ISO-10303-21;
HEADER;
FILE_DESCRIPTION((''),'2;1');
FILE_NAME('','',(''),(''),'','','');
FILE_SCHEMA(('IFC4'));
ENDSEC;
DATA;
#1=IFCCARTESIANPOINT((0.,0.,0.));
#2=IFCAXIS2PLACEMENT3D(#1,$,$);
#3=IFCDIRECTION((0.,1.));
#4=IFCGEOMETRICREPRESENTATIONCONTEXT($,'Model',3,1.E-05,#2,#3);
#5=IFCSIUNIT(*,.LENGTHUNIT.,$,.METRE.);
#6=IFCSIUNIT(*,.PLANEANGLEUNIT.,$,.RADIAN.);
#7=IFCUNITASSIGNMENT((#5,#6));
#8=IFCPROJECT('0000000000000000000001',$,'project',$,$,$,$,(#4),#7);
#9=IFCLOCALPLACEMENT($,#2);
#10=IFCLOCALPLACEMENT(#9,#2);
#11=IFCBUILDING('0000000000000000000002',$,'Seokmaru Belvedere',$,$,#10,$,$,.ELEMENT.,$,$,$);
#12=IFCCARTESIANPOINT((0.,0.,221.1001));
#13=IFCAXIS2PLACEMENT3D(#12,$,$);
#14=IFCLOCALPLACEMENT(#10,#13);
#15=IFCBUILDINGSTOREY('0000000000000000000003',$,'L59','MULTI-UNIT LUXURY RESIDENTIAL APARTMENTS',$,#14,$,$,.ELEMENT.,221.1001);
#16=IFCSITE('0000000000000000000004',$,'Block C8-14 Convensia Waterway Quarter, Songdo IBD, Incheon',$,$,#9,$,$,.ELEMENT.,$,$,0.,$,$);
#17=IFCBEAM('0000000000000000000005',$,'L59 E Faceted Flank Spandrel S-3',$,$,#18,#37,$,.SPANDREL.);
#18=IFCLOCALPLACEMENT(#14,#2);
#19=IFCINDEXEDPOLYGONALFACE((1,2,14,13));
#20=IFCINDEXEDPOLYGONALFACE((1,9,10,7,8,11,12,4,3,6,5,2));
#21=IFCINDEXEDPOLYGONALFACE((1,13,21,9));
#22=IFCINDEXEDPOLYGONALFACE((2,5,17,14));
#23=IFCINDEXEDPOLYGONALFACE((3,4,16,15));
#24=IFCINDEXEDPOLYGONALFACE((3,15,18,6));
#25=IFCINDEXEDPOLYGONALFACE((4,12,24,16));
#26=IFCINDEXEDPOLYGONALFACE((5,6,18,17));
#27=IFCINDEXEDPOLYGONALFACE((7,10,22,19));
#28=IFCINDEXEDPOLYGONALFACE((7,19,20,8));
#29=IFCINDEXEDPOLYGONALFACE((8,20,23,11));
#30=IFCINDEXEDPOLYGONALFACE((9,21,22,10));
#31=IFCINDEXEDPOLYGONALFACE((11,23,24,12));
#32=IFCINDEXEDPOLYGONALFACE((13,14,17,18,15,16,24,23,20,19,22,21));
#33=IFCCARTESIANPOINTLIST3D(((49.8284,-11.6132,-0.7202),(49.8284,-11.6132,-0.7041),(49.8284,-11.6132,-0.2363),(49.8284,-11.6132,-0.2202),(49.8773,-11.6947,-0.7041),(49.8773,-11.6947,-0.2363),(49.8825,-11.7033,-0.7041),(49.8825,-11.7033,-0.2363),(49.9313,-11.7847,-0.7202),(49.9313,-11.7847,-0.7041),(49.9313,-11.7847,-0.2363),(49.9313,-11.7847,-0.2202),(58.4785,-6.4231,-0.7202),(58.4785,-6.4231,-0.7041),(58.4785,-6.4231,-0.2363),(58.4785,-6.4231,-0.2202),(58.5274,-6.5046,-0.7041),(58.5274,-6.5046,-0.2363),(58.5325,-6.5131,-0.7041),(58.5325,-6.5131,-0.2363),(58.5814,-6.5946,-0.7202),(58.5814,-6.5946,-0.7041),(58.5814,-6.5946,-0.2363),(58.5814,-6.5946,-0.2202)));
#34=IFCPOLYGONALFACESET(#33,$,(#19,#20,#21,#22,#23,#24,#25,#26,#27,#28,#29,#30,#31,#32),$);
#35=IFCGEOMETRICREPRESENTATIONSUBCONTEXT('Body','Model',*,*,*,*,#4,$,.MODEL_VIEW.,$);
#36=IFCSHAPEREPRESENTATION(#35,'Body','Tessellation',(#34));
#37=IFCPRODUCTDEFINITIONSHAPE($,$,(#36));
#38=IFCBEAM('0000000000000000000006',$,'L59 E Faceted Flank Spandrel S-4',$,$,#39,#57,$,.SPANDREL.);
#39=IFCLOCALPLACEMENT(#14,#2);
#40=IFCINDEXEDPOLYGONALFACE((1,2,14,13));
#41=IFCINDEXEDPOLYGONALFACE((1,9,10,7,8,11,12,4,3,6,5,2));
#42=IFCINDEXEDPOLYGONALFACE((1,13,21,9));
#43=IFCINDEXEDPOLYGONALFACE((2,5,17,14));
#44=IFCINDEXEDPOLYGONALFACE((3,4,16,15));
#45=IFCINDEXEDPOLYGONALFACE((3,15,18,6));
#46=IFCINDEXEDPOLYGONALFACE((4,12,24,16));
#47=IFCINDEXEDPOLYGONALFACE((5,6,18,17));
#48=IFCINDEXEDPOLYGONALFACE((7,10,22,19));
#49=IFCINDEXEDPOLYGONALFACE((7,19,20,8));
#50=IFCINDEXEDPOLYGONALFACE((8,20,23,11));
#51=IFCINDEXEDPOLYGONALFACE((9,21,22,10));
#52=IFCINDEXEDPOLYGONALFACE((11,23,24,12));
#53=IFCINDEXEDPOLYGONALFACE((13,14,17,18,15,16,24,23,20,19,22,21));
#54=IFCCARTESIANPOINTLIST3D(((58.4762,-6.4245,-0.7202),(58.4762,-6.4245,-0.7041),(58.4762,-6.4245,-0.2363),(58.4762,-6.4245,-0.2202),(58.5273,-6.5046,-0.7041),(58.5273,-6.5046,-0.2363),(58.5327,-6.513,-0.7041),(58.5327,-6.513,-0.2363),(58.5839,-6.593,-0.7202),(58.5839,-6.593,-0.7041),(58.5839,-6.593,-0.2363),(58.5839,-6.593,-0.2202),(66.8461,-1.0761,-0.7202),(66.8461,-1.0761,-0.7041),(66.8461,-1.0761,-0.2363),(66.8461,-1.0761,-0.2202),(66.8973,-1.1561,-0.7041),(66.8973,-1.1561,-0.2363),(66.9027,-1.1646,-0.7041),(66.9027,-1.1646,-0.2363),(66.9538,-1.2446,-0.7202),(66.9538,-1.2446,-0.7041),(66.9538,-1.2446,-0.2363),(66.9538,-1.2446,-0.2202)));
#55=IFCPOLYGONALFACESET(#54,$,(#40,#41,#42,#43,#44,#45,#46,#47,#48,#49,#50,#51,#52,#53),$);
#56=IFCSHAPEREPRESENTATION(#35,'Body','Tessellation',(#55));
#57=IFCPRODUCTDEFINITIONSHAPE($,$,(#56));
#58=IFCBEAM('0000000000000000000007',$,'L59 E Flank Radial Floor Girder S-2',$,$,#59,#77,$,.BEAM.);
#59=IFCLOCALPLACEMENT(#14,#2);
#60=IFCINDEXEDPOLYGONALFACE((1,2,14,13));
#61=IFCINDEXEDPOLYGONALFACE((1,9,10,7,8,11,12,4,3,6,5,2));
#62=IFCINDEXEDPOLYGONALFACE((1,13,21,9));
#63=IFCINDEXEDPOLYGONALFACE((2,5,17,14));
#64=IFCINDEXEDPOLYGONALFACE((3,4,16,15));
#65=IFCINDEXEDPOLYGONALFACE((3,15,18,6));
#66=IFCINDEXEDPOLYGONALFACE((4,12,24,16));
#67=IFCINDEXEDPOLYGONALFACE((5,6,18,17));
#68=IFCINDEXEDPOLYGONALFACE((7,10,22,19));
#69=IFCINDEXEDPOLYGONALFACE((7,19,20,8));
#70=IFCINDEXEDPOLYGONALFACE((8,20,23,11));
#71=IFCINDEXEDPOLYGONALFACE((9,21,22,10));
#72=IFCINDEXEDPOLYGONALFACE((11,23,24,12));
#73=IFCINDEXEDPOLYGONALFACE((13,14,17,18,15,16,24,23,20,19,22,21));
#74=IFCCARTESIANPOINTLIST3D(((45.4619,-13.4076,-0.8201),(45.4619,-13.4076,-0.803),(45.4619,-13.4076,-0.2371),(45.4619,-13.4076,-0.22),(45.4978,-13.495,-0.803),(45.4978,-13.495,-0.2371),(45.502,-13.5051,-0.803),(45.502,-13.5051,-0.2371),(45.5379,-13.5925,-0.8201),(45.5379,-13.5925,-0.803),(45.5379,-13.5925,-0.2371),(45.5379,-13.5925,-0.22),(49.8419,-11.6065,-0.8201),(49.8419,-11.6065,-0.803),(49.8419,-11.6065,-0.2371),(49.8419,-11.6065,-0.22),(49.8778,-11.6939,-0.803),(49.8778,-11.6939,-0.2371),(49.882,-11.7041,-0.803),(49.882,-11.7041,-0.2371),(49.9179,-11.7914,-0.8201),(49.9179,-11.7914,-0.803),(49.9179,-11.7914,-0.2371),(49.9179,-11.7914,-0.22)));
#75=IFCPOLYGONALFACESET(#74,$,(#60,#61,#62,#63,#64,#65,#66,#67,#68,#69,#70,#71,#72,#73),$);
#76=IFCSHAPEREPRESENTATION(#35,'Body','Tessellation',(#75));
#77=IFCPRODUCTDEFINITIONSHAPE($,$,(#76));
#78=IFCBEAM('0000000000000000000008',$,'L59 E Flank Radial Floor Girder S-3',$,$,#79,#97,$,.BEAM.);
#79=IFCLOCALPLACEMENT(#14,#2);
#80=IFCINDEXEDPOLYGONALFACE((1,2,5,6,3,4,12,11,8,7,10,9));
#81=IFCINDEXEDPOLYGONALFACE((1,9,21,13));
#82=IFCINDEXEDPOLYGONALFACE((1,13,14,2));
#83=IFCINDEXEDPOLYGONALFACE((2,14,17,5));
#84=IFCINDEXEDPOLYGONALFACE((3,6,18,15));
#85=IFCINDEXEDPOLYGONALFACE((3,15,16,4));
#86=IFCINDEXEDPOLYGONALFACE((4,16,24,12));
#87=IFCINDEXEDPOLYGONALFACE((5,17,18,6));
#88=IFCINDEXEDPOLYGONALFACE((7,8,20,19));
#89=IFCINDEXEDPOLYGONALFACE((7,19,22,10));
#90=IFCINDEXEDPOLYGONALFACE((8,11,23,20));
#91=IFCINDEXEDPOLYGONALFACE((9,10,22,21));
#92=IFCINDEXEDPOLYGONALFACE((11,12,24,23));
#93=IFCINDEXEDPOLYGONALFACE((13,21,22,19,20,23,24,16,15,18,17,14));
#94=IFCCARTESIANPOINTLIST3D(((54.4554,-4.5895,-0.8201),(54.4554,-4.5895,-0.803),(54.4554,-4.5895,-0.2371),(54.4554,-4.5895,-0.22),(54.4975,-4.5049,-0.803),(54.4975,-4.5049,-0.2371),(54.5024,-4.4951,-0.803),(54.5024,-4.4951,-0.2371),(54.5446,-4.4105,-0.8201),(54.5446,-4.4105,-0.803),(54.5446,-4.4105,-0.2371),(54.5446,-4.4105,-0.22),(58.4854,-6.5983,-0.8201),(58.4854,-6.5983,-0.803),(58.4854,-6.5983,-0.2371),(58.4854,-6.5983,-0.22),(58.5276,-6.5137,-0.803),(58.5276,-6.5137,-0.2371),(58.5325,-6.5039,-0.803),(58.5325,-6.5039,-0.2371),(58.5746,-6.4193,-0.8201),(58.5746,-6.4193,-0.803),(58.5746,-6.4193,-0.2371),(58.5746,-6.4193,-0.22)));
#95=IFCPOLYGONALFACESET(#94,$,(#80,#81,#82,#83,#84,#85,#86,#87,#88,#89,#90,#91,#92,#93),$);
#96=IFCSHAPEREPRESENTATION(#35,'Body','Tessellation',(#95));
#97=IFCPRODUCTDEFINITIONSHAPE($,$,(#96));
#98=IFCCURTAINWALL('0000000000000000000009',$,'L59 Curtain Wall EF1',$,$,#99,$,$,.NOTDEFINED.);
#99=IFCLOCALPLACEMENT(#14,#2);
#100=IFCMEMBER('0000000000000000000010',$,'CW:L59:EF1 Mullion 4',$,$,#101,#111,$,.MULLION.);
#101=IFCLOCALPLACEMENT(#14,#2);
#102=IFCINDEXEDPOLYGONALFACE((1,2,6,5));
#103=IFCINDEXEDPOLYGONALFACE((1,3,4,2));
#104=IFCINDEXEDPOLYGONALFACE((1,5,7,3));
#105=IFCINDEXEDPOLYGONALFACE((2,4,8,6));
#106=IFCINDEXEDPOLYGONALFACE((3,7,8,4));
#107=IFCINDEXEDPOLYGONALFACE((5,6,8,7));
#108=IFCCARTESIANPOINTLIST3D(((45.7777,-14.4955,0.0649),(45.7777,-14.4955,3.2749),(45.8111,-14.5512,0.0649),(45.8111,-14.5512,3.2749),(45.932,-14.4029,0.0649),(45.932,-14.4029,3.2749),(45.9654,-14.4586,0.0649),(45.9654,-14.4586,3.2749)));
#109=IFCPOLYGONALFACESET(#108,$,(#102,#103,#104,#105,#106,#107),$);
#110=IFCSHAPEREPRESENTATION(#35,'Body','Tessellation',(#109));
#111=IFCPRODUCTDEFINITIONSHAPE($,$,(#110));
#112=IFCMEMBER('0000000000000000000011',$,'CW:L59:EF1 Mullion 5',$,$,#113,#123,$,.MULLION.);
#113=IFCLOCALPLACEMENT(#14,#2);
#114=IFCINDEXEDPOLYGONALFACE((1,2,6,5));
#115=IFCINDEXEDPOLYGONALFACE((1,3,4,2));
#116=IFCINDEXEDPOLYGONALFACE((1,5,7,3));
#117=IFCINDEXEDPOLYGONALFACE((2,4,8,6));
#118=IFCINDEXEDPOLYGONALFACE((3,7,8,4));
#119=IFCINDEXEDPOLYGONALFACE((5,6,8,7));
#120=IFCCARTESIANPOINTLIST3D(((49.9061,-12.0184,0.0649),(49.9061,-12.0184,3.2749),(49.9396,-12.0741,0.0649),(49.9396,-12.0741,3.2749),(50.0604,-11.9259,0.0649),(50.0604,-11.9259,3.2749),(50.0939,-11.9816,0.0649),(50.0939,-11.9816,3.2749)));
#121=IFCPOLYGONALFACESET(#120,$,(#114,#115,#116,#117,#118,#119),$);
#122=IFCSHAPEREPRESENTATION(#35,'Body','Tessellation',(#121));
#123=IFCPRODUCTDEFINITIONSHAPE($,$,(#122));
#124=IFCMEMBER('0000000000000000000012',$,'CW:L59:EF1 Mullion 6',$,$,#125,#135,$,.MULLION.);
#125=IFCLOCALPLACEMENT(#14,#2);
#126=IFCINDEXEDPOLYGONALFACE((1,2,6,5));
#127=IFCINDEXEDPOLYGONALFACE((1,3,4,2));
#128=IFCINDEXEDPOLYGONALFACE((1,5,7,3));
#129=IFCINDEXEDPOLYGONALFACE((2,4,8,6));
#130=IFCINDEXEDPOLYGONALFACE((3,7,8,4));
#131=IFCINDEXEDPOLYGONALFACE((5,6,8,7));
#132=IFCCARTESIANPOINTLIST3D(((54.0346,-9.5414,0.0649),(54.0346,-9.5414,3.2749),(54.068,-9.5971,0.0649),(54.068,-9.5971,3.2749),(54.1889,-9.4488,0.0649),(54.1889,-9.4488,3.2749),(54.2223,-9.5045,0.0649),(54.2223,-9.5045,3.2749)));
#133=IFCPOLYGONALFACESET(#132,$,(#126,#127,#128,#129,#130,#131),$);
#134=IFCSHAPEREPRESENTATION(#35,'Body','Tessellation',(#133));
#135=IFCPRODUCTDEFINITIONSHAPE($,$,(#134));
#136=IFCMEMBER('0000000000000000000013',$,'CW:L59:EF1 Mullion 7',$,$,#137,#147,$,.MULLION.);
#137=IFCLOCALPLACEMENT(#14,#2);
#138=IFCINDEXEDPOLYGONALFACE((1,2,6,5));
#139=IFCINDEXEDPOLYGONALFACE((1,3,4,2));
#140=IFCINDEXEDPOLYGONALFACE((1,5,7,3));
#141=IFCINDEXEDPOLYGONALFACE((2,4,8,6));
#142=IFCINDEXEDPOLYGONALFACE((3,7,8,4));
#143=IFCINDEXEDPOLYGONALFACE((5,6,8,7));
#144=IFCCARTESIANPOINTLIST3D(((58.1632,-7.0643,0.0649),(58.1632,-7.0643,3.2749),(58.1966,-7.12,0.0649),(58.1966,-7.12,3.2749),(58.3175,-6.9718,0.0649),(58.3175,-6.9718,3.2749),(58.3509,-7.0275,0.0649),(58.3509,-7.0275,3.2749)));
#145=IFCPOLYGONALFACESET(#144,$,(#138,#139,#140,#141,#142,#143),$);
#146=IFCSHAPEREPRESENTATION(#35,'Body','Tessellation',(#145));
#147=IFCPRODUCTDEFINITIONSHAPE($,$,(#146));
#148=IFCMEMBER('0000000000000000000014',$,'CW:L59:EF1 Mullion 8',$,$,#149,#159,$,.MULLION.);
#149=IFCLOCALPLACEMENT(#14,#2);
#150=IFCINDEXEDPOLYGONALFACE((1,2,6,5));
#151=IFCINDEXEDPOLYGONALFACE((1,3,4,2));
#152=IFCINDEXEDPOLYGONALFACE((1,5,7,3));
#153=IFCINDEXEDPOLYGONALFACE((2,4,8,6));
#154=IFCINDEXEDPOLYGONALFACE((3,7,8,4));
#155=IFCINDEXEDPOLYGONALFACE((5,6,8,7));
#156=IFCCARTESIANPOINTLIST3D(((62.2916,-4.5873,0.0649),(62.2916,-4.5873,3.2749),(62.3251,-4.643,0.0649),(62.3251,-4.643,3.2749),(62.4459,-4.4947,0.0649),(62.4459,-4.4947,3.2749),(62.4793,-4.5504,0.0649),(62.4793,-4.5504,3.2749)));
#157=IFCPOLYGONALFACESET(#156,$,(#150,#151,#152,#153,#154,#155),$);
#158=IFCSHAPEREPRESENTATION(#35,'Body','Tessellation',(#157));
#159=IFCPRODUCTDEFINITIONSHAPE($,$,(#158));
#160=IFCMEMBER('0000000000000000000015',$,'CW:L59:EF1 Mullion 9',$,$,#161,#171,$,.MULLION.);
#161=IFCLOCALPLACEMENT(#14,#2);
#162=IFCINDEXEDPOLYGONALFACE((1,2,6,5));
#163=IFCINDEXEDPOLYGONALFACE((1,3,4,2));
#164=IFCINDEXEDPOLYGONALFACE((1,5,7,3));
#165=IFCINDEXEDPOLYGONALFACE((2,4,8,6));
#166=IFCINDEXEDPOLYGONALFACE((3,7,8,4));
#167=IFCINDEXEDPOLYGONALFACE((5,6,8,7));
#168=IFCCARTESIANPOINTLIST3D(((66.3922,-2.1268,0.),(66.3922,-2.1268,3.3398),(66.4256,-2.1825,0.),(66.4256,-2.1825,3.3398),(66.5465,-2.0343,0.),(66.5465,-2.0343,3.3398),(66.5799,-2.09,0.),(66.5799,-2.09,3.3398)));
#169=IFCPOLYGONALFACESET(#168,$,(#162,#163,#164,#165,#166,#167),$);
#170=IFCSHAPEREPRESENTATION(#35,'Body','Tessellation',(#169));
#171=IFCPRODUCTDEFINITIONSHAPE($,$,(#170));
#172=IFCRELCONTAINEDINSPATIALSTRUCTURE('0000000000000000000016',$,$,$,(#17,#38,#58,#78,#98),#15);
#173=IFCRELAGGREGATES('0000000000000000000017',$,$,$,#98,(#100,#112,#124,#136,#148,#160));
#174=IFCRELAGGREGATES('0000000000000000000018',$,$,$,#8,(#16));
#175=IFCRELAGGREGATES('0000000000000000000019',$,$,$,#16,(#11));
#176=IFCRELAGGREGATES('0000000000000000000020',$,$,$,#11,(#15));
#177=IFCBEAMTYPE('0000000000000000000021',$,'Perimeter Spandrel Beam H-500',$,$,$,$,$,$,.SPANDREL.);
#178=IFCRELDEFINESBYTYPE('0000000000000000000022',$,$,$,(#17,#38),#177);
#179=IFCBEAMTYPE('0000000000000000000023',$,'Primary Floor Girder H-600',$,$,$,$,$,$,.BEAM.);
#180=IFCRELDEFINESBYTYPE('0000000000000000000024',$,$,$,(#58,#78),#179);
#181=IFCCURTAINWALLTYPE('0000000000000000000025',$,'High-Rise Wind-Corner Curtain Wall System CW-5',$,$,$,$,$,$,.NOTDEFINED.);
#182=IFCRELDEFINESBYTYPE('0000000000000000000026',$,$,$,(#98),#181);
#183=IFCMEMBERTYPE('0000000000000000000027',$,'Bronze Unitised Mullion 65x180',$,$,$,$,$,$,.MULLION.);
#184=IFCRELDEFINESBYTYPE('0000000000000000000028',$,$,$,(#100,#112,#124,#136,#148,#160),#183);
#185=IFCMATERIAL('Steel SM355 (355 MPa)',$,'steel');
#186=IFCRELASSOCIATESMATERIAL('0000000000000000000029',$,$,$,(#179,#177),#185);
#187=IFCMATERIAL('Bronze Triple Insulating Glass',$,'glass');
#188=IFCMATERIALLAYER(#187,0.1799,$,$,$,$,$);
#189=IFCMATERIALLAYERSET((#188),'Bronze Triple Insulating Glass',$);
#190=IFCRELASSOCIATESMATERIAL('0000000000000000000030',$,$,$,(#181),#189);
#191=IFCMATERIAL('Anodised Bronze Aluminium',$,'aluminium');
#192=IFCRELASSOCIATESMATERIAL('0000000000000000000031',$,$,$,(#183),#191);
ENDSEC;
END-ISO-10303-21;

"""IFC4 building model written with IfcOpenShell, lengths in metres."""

from ifc_helpers import new_model, si_unit, direction, frame, origin, origin_2d, place, context, subcontext, project, spatial, rectangle, i_section, extrude, source, transform, mapped, material, layer, layer_set, material_profile, profile_set, type_object, type_shapes, element, aggregate, save


model = new_model("IFC4")

# Units and contexts
model_context = context("Model", 3, precision=1e-05, world=origin(), true_north=direction((0.0, 1.0)))
body_context = subcontext(model_context, "Body", "Model", "MODEL_VIEW")
ifc_project = project(units=[si_unit("LENGTHUNIT", "METRE"), si_unit("PLANEANGLEUNIT", "RADIAN")], contexts=[model_context])

# Site, building, storey
site_placement = place(None, origin())
site = spatial("IfcSite", under=ifc_project, at=site_placement, Name="Block C8-14 Convensia Waterway Quarter, Songdo IBD, Incheon", CompositionType="ELEMENT", RefElevation=0.0)
building_placement = place(site_placement, origin())
building = spatial("IfcBuilding", under=site, at=building_placement, Name="Seokmaru Belvedere", CompositionType="ELEMENT")
storey_placement = place(building_placement, frame((0.0, 0.0, 221.1001)))
storey = spatial("IfcBuildingStorey", under=building, at=storey_placement, Name="L59", Description="MULTI-UNIT LUXURY RESIDENTIAL APARTMENTS", CompositionType="ELEMENT", Elevation=221.1001)

# Shared definitions
ifc_material_1 = material(Name="Steel SM355 (355 MPa)", Category="steel")

# Beams
ifc_material_profile_1 = material_profile(ifc_material_1, i_section(OverallWidth=0.2, OverallDepth=0.6001, WebThickness=0.011, FlangeThickness=0.0171, at=origin_2d()), Name="H-600x200x11x17")
ifc_profile_set_1 = profile_set([ifc_material_profile_1], Name="Steel SM355 (355 MPa)")
beam_type_1 = type_object("IfcBeamType", Name="Primary Floor Girder H-600", PredefinedType="BEAM", material=ifc_profile_set_1)
ifc_material_profile_2 = material_profile(ifc_material_1, i_section(OverallWidth=0.2, OverallDepth=0.5, WebThickness=0.01, FlangeThickness=0.0161, at=origin_2d()), Name="H-500x200x10x16")
ifc_profile_set_2 = profile_set([ifc_material_profile_2], Name="Steel SM355 (355 MPa)")
beam_type_2 = type_object("IfcBeamType", Name="Perimeter Spandrel Beam H-500", PredefinedType="SPANDREL", material=ifc_profile_set_2)
shared_shape_1 = source(origin(), body_context, "Body", "SweptSolid", [
    extrude(i_section(OverallWidth=0.2, OverallDepth=0.5, WebThickness=0.01, FlangeThickness=0.0161, at=origin_2d()), origin(), (0.0, 0.0, 1.0), 10.0876),
])
beam_1_placement = place(storey_placement, frame((49.8799, -11.699, -0.4702), z_axis=(0.857489, 0.514503, 0.0), x_axis=(-0.514503, 0.857489, 0.0)))
element("IfcBeam", 1, at=beam_1_placement, inside=storey, type_object=beam_type_2, Name="L59 E Faceted Flank Spandrel S-3", PredefinedType="SPANDREL", context=body_context, shape_type="MappedRepresentation", body=[
    mapped(shared_shape_1, transform((0.0, 0.0, 0.0), scale=1.0)),
])
shared_shape_2 = source(origin(), body_context, "Body", "SweptSolid", [
    extrude(i_section(OverallWidth=0.2, OverallDepth=0.5, WebThickness=0.01, FlangeThickness=0.0161, at=origin_2d()), origin(), (0.0, 0.0, 1.0), 9.9329),
])
type_shapes(beam_type_2, [shared_shape_1, shared_shape_2])
beam_2_placement = place(storey_placement, frame((58.53, -6.5088, -0.4702), z_axis=(0.842652, 0.538459, 0.0), x_axis=(-0.538459, 0.842652, 0.0)))
element("IfcBeam", 2, at=beam_2_placement, inside=storey, type_object=beam_type_2, Name="L59 E Faceted Flank Spandrel S-4", PredefinedType="SPANDREL", context=body_context, shape_type="MappedRepresentation", body=[
    mapped(shared_shape_2, transform((0.0, 0.0, 0.0), scale=1.0)),
])
shared_shape_3 = source(origin(), body_context, "Body", "SweptSolid", [
    extrude(i_section(OverallWidth=0.2, OverallDepth=0.6001, WebThickness=0.011, FlangeThickness=0.0171, at=origin_2d()), origin(), (0.0, 0.0, 1.0), 4.7358),
])
beam_3_placement = place(storey_placement, frame((49.8799, -11.699, -0.52), z_axis=(-0.924861, -0.380306, 0.0), x_axis=(0.380306, -0.924861, 0.0)))
element("IfcBeam", 3, at=beam_3_placement, inside=storey, type_object=beam_type_1, Name="L59 E Flank Radial Floor Girder S-2", PredefinedType="BEAM", context=body_context, shape_type="MappedRepresentation", body=[
    mapped(shared_shape_3, transform((0.0, 0.0, 0.0), scale=1.0)),
])
shared_shape_4 = source(origin(), body_context, "Body", "SweptSolid", [
    extrude(i_section(OverallWidth=0.2, OverallDepth=0.6001, WebThickness=0.011, FlangeThickness=0.0171, at=origin_2d()), origin(), (0.0, 0.0, 1.0), 4.5029),
])
beam_4_placement = place(storey_placement, frame((58.53, -6.5088, -0.52), z_axis=(-0.89498, 0.446107, 0.0), x_axis=(-0.446107, -0.89498, 0.0)))
element("IfcBeam", 4, at=beam_4_placement, inside=storey, type_object=beam_type_1, Name="L59 E Flank Radial Floor Girder S-3", PredefinedType="BEAM", context=body_context, shape_type="MappedRepresentation", body=[
    mapped(shared_shape_4, transform((0.0, 0.0, 0.0), scale=1.0)),
])

# Curtain wall, members
ifc_material_2 = material(Name="Bronze Triple Insulating Glass", Category="glass")
ifc_layer_1 = layer(ifc_material_2, 0.1799)
ifc_layer_set_1 = layer_set([ifc_layer_1], Name="Bronze Triple Insulating Glass")
curtain_wall_type = type_object("IfcCurtainWallType", Name="High-Rise Wind-Corner Curtain Wall System CW-5", PredefinedType="NOTDEFINED", material=ifc_layer_set_1)
curtain_wall_placement = place(storey_placement, origin())
curtain_wall = element("IfcCurtainWall", 5, at=curtain_wall_placement, inside=storey, type_object=curtain_wall_type, Name="L59 Curtain Wall EF1", PredefinedType="NOTDEFINED")
ifc_material_3 = material(Name="Anodised Bronze Aluminium", Category="aluminium")
ifc_material_profile_3 = material_profile(ifc_material_3, rectangle(XDim=0.0649, YDim=0.1799, at=origin_2d()), Name="CW-M-65x180")
ifc_profile_set_3 = profile_set([ifc_material_profile_3], Name="Anodised Bronze Aluminium")
member_type = type_object("IfcMemberType", Name="Bronze Unitised Mullion 65x180", PredefinedType="MULLION", material=ifc_profile_set_3)
shared_shape_5 = source(origin(), body_context, "Body", "SweptSolid", [
    extrude(rectangle(XDim=0.0649, YDim=0.1799, at=origin_2d()), origin(), (0.0, 0.0, 1.0), 3.21),
])
member_1_placement = place(storey_placement, frame((45.8716, -14.4771, 0.0649), z_axis=(0.0, 0.0, 1.0), x_axis=(-0.514495, 0.857493, 0.0)))
member_1 = element("IfcMember", 6, at=member_1_placement, type_object=member_type, Name="CW:L59:EF1 Mullion 4", PredefinedType="MULLION", context=body_context, shape_type="MappedRepresentation", body=[
    mapped(shared_shape_5, transform((0.0, 0.0, 0.0), scale=1.0)),
])
member_2_placement = place(storey_placement, frame((50.0, -12.0, 0.0649), z_axis=(0.0, 0.0, 1.0), x_axis=(-0.514495, 0.857493, 0.0)))
member_2 = element("IfcMember", 7, at=member_2_placement, type_object=member_type, Name="CW:L59:EF1 Mullion 5", PredefinedType="MULLION", context=body_context, shape_type="MappedRepresentation", body=[
    mapped(shared_shape_5, transform((0.0, 0.0, 0.0), scale=1.0)),
])
member_3_placement = place(storey_placement, frame((54.1284, -9.5229, 0.0649), z_axis=(0.0, 0.0, 1.0), x_axis=(-0.514495, 0.857493, 0.0)))
member_3 = element("IfcMember", 8, at=member_3_placement, type_object=member_type, Name="CW:L59:EF1 Mullion 6", PredefinedType="MULLION", context=body_context, shape_type="MappedRepresentation", body=[
    mapped(shared_shape_5, transform((0.0, 0.0, 0.0), scale=1.0)),
])
member_4_placement = place(storey_placement, frame((58.2571, -7.0459, 0.0649), z_axis=(0.0, 0.0, 1.0), x_axis=(-0.514495, 0.857493, 0.0)))
member_4 = element("IfcMember", 9, at=member_4_placement, type_object=member_type, Name="CW:L59:EF1 Mullion 7", PredefinedType="MULLION", context=body_context, shape_type="MappedRepresentation", body=[
    mapped(shared_shape_5, transform((0.0, 0.0, 0.0), scale=1.0)),
])
member_5_placement = place(storey_placement, frame((62.3855, -4.5688, 0.0649), z_axis=(0.0, 0.0, 1.0), x_axis=(-0.514495, 0.857493, 0.0)))
member_5 = element("IfcMember", 10, at=member_5_placement, type_object=member_type, Name="CW:L59:EF1 Mullion 8", PredefinedType="MULLION", context=body_context, shape_type="MappedRepresentation", body=[
    mapped(shared_shape_5, transform((0.0, 0.0, 0.0), scale=1.0)),
])
shared_shape_6 = source(origin(), body_context, "Body", "SweptSolid", [
    extrude(rectangle(XDim=0.0649, YDim=0.1799, at=origin_2d()), origin(), (0.0, 0.0, 1.0), 3.3398),
])
type_shapes(member_type, [shared_shape_5, shared_shape_6])
member_6_placement = place(storey_placement, frame((66.4861, -2.1084, 0.0), z_axis=(0.0, 0.0, 1.0), x_axis=(-0.514495, 0.857493, 0.0)))
member_6 = element("IfcMember", 11, at=member_6_placement, type_object=member_type, Name="CW:L59:EF1 Mullion 9", PredefinedType="MULLION", context=body_context, shape_type="MappedRepresentation", body=[
    mapped(shared_shape_6, transform((0.0, 0.0, 0.0), scale=1.0)),
])
aggregate(curtain_wall, [member_1, member_2, member_3, member_4, member_5, member_6])

save(model, "model.ifc")
